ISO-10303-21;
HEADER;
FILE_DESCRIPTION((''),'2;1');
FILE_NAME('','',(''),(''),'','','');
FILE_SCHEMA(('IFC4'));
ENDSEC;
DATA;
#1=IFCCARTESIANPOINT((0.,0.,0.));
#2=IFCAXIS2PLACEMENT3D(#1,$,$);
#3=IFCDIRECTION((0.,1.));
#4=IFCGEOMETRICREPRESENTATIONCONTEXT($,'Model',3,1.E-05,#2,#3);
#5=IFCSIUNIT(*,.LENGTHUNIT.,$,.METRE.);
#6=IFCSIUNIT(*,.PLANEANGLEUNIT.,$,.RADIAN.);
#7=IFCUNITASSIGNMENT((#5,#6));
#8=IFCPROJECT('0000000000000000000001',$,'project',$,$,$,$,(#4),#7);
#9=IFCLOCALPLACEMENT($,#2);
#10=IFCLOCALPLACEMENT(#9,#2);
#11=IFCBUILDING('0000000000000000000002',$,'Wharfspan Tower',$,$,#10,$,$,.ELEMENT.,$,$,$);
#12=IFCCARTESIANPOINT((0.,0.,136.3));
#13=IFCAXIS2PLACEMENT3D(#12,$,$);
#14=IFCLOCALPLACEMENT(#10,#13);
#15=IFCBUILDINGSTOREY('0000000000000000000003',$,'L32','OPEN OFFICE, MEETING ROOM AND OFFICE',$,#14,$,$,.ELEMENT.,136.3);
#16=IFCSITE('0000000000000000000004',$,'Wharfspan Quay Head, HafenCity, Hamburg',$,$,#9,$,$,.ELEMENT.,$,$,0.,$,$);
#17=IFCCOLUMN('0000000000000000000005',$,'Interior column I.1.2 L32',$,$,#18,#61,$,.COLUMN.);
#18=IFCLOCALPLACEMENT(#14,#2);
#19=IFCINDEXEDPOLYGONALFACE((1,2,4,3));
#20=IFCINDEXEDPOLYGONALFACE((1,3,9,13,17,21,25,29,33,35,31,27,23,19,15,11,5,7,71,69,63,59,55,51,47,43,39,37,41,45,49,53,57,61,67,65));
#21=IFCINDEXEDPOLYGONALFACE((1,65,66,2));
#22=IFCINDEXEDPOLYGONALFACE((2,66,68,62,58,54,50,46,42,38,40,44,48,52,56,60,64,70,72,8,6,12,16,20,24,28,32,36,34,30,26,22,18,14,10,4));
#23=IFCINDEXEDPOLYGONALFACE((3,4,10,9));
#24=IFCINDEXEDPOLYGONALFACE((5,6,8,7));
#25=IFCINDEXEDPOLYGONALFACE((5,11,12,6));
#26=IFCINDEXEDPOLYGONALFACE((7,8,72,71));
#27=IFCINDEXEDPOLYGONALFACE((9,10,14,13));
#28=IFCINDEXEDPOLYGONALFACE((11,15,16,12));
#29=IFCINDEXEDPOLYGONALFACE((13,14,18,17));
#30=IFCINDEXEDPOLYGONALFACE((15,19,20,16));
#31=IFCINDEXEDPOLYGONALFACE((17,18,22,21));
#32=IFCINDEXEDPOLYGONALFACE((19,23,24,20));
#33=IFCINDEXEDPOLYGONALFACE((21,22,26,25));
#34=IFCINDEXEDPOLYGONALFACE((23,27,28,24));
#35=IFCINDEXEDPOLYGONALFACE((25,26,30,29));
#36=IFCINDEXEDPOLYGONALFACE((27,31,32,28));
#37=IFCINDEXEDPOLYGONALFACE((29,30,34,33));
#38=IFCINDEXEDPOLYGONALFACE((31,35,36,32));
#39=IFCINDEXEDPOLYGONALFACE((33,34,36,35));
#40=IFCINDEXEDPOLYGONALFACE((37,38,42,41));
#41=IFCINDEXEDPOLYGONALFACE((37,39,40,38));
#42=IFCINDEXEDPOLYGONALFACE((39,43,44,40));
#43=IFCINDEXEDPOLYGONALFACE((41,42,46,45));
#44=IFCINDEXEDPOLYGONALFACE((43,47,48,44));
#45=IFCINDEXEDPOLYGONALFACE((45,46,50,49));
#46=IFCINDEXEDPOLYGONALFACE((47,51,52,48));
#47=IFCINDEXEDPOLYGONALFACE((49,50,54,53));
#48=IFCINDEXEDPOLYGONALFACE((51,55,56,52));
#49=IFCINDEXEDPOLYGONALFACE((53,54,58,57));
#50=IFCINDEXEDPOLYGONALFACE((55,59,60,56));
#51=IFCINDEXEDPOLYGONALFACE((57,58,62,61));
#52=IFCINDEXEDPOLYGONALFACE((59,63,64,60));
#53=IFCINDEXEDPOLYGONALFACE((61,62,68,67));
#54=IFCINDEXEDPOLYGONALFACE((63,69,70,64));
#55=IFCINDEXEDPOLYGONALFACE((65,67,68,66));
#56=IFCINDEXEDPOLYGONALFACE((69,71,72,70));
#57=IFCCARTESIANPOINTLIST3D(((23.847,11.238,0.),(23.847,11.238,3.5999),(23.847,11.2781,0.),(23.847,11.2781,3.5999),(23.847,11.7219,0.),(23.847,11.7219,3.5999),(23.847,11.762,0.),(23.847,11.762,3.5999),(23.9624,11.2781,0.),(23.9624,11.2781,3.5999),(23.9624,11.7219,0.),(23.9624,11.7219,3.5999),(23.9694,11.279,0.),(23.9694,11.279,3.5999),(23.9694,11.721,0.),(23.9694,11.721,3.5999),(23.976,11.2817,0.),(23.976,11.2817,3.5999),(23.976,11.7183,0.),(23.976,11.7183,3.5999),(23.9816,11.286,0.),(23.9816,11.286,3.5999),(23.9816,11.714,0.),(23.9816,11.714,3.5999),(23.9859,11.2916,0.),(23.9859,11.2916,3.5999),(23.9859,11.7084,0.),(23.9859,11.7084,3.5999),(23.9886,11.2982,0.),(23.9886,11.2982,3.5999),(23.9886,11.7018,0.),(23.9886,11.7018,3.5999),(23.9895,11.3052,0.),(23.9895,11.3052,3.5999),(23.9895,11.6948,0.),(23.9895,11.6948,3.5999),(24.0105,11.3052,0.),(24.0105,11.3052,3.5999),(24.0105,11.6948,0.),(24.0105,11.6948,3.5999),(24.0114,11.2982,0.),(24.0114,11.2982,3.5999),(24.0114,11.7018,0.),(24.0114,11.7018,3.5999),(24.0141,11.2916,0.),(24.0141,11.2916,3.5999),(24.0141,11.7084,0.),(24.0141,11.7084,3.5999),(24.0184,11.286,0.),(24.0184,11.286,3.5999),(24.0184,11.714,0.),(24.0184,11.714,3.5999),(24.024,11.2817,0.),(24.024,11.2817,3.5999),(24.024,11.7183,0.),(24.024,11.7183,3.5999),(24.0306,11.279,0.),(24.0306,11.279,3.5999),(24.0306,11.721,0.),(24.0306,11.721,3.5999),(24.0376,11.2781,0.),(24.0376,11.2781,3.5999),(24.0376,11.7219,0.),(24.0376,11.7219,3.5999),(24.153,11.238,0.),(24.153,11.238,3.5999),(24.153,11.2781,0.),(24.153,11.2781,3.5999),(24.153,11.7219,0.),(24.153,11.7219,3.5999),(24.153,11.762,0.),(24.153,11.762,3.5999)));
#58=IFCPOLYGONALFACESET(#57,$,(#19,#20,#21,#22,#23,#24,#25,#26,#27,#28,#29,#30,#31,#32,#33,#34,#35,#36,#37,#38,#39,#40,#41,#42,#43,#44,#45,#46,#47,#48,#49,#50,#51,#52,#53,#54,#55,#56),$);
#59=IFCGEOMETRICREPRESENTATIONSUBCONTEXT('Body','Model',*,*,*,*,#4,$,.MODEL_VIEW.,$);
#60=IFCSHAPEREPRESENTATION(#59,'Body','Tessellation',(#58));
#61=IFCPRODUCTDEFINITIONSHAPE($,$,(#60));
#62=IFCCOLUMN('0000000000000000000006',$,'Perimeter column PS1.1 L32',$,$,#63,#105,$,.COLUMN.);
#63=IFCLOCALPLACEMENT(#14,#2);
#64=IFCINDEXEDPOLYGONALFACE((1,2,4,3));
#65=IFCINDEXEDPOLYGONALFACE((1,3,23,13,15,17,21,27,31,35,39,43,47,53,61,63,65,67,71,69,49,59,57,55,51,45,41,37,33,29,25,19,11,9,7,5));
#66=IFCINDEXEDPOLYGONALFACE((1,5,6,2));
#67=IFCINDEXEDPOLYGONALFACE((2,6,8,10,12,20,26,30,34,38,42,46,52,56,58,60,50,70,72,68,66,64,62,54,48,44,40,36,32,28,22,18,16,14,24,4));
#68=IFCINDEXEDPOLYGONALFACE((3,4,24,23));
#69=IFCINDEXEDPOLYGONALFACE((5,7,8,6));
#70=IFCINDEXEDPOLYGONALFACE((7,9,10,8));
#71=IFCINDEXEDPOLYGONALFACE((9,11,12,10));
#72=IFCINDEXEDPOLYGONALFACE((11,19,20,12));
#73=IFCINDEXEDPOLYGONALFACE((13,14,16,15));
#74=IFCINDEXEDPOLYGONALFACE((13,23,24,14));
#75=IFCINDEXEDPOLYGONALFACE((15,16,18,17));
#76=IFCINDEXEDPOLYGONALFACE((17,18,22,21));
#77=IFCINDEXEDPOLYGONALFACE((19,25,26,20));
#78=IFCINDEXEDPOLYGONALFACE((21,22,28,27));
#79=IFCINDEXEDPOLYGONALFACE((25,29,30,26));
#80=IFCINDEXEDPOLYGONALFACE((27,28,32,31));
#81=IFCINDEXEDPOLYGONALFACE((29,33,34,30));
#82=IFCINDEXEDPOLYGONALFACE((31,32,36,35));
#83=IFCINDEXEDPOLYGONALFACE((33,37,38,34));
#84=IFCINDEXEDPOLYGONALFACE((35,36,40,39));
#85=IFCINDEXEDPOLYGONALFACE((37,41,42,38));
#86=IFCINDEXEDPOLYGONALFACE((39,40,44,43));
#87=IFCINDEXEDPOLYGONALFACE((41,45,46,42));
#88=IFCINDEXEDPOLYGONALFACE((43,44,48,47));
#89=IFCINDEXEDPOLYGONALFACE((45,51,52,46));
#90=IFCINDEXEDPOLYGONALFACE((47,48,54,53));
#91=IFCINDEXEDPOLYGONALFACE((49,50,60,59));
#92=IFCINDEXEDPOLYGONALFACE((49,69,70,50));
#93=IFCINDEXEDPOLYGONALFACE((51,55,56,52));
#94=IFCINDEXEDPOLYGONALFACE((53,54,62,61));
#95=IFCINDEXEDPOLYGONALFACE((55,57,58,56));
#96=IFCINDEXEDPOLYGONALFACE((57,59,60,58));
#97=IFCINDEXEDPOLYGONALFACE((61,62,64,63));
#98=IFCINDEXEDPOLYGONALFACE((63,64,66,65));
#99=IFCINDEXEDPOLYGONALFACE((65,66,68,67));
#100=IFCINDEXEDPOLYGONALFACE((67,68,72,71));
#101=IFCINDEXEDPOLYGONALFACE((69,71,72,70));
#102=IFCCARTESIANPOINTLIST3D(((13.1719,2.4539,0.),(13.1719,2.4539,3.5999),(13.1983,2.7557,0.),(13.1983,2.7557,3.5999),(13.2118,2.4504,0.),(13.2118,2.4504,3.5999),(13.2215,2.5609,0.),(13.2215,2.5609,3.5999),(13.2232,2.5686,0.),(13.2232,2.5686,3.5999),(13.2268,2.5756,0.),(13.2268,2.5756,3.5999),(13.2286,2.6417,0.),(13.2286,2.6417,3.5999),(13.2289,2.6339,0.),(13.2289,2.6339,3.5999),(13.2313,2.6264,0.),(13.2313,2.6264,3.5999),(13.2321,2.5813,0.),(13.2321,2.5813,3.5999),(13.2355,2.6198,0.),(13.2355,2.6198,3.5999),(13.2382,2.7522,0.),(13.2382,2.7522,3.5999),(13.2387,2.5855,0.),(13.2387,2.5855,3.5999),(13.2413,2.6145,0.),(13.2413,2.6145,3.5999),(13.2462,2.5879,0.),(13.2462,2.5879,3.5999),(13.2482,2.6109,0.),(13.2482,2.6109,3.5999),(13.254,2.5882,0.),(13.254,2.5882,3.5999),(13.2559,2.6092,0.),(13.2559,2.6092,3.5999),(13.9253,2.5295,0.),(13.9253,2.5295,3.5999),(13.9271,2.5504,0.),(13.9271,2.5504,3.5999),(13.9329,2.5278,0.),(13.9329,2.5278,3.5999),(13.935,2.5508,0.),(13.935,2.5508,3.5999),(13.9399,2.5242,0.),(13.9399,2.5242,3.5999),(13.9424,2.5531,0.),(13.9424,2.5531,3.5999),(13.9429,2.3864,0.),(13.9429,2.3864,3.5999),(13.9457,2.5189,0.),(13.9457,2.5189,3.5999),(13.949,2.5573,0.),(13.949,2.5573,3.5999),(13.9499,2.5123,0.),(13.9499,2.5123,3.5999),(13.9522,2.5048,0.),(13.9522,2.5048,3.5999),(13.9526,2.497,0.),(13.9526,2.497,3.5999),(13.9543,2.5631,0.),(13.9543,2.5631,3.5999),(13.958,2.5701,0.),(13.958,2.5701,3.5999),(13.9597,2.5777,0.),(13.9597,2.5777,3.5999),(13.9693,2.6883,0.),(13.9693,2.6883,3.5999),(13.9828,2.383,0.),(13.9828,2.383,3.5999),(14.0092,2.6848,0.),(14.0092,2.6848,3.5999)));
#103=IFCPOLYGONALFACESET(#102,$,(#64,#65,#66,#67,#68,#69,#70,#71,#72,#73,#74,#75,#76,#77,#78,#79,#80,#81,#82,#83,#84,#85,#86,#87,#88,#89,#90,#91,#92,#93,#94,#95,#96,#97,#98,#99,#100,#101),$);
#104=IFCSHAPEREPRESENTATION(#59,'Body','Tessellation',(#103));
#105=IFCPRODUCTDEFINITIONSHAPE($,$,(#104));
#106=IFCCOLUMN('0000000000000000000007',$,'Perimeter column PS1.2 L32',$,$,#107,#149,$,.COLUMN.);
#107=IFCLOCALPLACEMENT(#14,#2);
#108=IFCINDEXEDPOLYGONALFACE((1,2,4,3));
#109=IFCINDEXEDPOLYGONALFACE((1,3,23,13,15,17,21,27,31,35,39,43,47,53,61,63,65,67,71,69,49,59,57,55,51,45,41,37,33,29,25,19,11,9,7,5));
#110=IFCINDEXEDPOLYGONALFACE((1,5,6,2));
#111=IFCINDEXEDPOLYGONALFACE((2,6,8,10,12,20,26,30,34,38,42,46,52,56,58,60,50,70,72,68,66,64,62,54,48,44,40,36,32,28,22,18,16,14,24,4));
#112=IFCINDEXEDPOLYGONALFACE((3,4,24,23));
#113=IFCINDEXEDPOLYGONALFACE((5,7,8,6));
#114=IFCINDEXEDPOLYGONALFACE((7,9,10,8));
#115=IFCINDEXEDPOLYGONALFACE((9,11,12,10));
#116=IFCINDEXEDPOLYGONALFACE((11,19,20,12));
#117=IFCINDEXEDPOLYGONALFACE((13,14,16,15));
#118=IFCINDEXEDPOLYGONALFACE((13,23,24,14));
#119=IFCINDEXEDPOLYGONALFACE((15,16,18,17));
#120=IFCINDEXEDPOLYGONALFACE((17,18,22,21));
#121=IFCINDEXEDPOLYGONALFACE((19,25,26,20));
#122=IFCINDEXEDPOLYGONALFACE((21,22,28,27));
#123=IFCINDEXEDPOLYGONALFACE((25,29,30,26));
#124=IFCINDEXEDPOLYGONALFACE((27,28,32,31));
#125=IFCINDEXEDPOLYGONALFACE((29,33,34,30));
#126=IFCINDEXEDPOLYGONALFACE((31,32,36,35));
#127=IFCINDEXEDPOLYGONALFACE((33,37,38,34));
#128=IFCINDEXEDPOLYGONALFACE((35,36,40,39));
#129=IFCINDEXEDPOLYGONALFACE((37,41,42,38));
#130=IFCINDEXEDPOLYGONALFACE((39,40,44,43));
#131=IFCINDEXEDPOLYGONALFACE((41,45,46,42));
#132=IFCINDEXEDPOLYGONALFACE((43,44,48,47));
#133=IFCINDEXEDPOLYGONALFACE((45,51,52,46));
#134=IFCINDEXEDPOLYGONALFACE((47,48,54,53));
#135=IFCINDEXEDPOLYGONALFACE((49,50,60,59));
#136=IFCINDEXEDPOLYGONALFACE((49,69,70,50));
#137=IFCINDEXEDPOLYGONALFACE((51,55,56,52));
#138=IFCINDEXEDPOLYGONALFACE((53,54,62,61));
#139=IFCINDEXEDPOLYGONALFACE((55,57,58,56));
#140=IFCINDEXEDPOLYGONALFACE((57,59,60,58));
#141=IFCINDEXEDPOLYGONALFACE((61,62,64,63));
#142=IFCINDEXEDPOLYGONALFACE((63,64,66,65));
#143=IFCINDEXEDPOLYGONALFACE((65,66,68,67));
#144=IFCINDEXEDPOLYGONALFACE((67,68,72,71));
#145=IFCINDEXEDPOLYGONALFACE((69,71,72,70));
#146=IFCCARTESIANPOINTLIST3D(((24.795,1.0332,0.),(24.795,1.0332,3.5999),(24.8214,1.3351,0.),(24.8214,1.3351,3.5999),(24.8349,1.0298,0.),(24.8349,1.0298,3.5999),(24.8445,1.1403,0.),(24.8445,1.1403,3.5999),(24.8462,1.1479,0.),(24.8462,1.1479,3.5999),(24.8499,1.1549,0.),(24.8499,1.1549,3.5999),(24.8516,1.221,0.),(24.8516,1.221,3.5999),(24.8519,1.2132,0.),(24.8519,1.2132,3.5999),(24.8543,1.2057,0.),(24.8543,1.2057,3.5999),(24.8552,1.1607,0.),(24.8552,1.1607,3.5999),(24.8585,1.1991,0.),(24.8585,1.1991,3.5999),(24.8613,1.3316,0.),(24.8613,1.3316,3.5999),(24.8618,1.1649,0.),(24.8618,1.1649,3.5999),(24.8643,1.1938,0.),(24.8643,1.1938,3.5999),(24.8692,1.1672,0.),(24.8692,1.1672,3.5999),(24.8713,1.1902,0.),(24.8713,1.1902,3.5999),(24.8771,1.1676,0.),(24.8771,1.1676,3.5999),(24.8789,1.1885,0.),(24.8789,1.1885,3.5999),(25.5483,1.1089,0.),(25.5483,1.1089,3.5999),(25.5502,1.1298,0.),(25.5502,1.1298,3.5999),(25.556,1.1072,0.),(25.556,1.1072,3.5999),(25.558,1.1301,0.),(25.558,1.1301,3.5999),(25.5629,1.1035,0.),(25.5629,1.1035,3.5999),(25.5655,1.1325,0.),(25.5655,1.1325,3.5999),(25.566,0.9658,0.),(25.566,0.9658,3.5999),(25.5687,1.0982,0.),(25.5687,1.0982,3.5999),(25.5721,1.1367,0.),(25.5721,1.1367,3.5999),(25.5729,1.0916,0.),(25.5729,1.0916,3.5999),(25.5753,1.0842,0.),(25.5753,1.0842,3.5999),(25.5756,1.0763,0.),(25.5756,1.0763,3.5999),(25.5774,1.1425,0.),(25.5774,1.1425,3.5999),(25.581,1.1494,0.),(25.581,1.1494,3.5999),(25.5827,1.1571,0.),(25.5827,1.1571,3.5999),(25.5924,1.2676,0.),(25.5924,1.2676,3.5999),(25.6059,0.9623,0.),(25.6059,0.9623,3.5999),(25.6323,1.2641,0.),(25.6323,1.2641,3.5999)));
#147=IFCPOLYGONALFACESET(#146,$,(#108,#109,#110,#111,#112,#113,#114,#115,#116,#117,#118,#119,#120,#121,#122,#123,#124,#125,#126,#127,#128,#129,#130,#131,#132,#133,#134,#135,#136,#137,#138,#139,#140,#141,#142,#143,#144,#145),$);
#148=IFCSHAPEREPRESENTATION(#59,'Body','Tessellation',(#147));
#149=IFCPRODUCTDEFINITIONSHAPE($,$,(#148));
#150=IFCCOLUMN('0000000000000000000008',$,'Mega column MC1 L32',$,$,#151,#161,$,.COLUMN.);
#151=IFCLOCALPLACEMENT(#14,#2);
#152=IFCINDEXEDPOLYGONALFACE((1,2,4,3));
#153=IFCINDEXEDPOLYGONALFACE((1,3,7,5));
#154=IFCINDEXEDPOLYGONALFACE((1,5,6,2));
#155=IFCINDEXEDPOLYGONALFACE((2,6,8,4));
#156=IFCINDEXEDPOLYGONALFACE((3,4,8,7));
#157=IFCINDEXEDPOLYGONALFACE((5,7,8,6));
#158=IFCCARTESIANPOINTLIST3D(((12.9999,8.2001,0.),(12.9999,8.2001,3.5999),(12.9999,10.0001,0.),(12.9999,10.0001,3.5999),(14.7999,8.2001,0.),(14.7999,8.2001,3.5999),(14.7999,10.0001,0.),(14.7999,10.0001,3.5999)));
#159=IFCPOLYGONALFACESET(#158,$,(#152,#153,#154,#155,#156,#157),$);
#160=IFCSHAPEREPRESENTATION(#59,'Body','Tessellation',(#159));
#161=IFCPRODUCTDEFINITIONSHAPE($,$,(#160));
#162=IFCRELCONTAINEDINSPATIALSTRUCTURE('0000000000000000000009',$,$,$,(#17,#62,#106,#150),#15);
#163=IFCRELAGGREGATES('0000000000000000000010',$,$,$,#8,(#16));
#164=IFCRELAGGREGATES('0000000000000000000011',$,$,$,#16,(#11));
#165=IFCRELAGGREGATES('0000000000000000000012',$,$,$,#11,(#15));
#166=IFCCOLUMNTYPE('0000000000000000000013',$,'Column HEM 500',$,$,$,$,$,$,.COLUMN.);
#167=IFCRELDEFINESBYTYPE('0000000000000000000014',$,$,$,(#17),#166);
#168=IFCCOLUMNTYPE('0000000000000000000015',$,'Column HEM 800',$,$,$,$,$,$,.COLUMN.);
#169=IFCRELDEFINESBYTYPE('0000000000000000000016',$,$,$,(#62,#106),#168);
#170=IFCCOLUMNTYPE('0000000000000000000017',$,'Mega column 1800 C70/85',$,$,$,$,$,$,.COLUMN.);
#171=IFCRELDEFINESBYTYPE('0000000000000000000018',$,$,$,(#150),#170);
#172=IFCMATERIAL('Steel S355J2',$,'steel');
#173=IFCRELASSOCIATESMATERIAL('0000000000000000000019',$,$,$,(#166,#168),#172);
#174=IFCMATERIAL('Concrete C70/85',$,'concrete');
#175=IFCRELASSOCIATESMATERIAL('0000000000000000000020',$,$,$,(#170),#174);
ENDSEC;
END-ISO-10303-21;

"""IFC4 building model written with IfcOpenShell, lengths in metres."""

from ifc_helpers import new_model, si_unit, direction, frame, origin, origin_2d, place, context, subcontext, project, spatial, rectangle, i_section, extrude, material, material_profile, profile_set, type_object, element, save


model = new_model("IFC4")

# Units and contexts
model_context = context("Model", 3, precision=1e-05, world=origin(), true_north=direction((0.0, 1.0)))
body_context = subcontext(model_context, "Body", "Model", "MODEL_VIEW")
ifc_project = project(units=[si_unit("LENGTHUNIT", "METRE"), si_unit("PLANEANGLEUNIT", "RADIAN")], contexts=[model_context])

# Site, building, storey
site_placement = place(None, origin())
site = spatial("IfcSite", under=ifc_project, at=site_placement, Name="Wharfspan Quay Head, HafenCity, Hamburg", CompositionType="ELEMENT", RefElevation=0.0)
building_placement = place(site_placement, origin())
building = spatial("IfcBuilding", under=site, at=building_placement, Name="Wharfspan Tower", CompositionType="ELEMENT")
storey_placement = place(building_placement, frame((0.0, 0.0, 136.3)))
storey = spatial("IfcBuildingStorey", under=building, at=storey_placement, Name="L32", Description="OPEN OFFICE, MEETING ROOM AND OFFICE", CompositionType="ELEMENT", Elevation=136.3)

# Columns
ifc_material_1 = material(Name="Steel S355J2", Category="steel")
ifc_material_profile_1 = material_profile(ifc_material_1, i_section(OverallWidth=0.3059, OverallDepth=0.5239, WebThickness=0.021, FlangeThickness=0.04, FilletRadius=0.0271, at=origin_2d()))
ifc_profile_set_1 = profile_set([ifc_material_profile_1], Name="Steel S355J2")
column_type_1 = type_object("IfcColumnType", Name="Column HEM 500", PredefinedType="COLUMN", material=ifc_profile_set_1)
column_1_placement = place(storey_placement, frame((24.0, 11.5, 0.0), z_axis=(0.0, 0.0, 1.0), x_axis=(1.0, 0.0, 0.0)))
element("IfcColumn", 1, at=column_1_placement, inside=storey, type_object=column_type_1, Name="Interior column I.1.2 L32", PredefinedType="COLUMN", context=body_context, shape_type="SweptSolid", body=[
    extrude(i_section(OverallWidth=0.3059, OverallDepth=0.5239, WebThickness=0.021, FlangeThickness=0.04, FilletRadius=0.0271, at=origin_2d()), origin(), (0.0, 0.0, 1.0), 3.5999),
])
ifc_material_profile_2 = material_profile(ifc_material_1, i_section(OverallWidth=0.303, OverallDepth=0.814, WebThickness=0.021, FlangeThickness=0.04, FilletRadius=0.03, at=origin_2d()))
ifc_profile_set_2 = profile_set([ifc_material_profile_2], Name="Steel S355J2")
column_type_2 = type_object("IfcColumnType", Name="Column HEM 800", PredefinedType="COLUMN", material=ifc_profile_set_2)
for number, where, z_axis, x_axis, name in (
    (2, (13.5906, 2.5693, 0.0), (0.0, 0.0, 1.0), (-0.087156, -0.996198, 0.0), "Perimeter column PS1.1 L32"),
    (3, (25.2136, 1.1487, 0.0), (0.0, 0.0, 1.0), (-0.087156, -0.996198, 0.0), "Perimeter column PS1.2 L32"),
):
    element("IfcColumn", number, at=place(storey_placement, frame(where, z_axis=z_axis, x_axis=x_axis)), inside=storey, type_object=column_type_2, Name=name, PredefinedType="COLUMN", context=body_context, shape_type="SweptSolid", body=[
        extrude(i_section(OverallWidth=0.303, OverallDepth=0.814, WebThickness=0.021, FlangeThickness=0.04, FilletRadius=0.03, at=origin_2d()), origin(), (0.0, 0.0, 1.0), 3.5999),
    ])
ifc_material_2 = material(Name="Concrete C70/85", Category="concrete")
ifc_material_profile_3 = material_profile(ifc_material_2, rectangle(XDim=1.8, YDim=1.8, at=origin_2d()))
ifc_profile_set_3 = profile_set([ifc_material_profile_3], Name="Concrete C70/85")
column_type_3 = type_object("IfcColumnType", Name="Mega column 1800 C70/85", PredefinedType="COLUMN", material=ifc_profile_set_3)
column_2_placement = place(storey_placement, frame((13.8999, 9.1001, 0.0), z_axis=(0.0, 0.0, 1.0), x_axis=(1.0, 0.0, 0.0)))
element("IfcColumn", 4, at=column_2_placement, inside=storey, type_object=column_type_3, Name="Mega column MC1 L32", PredefinedType="COLUMN", context=body_context, shape_type="SweptSolid", body=[
    extrude(rectangle(XDim=1.8, YDim=1.8, at=origin_2d()), origin(), (0.0, 0.0, 1.0), 3.5999),
])

save(model, "model.ifc")
